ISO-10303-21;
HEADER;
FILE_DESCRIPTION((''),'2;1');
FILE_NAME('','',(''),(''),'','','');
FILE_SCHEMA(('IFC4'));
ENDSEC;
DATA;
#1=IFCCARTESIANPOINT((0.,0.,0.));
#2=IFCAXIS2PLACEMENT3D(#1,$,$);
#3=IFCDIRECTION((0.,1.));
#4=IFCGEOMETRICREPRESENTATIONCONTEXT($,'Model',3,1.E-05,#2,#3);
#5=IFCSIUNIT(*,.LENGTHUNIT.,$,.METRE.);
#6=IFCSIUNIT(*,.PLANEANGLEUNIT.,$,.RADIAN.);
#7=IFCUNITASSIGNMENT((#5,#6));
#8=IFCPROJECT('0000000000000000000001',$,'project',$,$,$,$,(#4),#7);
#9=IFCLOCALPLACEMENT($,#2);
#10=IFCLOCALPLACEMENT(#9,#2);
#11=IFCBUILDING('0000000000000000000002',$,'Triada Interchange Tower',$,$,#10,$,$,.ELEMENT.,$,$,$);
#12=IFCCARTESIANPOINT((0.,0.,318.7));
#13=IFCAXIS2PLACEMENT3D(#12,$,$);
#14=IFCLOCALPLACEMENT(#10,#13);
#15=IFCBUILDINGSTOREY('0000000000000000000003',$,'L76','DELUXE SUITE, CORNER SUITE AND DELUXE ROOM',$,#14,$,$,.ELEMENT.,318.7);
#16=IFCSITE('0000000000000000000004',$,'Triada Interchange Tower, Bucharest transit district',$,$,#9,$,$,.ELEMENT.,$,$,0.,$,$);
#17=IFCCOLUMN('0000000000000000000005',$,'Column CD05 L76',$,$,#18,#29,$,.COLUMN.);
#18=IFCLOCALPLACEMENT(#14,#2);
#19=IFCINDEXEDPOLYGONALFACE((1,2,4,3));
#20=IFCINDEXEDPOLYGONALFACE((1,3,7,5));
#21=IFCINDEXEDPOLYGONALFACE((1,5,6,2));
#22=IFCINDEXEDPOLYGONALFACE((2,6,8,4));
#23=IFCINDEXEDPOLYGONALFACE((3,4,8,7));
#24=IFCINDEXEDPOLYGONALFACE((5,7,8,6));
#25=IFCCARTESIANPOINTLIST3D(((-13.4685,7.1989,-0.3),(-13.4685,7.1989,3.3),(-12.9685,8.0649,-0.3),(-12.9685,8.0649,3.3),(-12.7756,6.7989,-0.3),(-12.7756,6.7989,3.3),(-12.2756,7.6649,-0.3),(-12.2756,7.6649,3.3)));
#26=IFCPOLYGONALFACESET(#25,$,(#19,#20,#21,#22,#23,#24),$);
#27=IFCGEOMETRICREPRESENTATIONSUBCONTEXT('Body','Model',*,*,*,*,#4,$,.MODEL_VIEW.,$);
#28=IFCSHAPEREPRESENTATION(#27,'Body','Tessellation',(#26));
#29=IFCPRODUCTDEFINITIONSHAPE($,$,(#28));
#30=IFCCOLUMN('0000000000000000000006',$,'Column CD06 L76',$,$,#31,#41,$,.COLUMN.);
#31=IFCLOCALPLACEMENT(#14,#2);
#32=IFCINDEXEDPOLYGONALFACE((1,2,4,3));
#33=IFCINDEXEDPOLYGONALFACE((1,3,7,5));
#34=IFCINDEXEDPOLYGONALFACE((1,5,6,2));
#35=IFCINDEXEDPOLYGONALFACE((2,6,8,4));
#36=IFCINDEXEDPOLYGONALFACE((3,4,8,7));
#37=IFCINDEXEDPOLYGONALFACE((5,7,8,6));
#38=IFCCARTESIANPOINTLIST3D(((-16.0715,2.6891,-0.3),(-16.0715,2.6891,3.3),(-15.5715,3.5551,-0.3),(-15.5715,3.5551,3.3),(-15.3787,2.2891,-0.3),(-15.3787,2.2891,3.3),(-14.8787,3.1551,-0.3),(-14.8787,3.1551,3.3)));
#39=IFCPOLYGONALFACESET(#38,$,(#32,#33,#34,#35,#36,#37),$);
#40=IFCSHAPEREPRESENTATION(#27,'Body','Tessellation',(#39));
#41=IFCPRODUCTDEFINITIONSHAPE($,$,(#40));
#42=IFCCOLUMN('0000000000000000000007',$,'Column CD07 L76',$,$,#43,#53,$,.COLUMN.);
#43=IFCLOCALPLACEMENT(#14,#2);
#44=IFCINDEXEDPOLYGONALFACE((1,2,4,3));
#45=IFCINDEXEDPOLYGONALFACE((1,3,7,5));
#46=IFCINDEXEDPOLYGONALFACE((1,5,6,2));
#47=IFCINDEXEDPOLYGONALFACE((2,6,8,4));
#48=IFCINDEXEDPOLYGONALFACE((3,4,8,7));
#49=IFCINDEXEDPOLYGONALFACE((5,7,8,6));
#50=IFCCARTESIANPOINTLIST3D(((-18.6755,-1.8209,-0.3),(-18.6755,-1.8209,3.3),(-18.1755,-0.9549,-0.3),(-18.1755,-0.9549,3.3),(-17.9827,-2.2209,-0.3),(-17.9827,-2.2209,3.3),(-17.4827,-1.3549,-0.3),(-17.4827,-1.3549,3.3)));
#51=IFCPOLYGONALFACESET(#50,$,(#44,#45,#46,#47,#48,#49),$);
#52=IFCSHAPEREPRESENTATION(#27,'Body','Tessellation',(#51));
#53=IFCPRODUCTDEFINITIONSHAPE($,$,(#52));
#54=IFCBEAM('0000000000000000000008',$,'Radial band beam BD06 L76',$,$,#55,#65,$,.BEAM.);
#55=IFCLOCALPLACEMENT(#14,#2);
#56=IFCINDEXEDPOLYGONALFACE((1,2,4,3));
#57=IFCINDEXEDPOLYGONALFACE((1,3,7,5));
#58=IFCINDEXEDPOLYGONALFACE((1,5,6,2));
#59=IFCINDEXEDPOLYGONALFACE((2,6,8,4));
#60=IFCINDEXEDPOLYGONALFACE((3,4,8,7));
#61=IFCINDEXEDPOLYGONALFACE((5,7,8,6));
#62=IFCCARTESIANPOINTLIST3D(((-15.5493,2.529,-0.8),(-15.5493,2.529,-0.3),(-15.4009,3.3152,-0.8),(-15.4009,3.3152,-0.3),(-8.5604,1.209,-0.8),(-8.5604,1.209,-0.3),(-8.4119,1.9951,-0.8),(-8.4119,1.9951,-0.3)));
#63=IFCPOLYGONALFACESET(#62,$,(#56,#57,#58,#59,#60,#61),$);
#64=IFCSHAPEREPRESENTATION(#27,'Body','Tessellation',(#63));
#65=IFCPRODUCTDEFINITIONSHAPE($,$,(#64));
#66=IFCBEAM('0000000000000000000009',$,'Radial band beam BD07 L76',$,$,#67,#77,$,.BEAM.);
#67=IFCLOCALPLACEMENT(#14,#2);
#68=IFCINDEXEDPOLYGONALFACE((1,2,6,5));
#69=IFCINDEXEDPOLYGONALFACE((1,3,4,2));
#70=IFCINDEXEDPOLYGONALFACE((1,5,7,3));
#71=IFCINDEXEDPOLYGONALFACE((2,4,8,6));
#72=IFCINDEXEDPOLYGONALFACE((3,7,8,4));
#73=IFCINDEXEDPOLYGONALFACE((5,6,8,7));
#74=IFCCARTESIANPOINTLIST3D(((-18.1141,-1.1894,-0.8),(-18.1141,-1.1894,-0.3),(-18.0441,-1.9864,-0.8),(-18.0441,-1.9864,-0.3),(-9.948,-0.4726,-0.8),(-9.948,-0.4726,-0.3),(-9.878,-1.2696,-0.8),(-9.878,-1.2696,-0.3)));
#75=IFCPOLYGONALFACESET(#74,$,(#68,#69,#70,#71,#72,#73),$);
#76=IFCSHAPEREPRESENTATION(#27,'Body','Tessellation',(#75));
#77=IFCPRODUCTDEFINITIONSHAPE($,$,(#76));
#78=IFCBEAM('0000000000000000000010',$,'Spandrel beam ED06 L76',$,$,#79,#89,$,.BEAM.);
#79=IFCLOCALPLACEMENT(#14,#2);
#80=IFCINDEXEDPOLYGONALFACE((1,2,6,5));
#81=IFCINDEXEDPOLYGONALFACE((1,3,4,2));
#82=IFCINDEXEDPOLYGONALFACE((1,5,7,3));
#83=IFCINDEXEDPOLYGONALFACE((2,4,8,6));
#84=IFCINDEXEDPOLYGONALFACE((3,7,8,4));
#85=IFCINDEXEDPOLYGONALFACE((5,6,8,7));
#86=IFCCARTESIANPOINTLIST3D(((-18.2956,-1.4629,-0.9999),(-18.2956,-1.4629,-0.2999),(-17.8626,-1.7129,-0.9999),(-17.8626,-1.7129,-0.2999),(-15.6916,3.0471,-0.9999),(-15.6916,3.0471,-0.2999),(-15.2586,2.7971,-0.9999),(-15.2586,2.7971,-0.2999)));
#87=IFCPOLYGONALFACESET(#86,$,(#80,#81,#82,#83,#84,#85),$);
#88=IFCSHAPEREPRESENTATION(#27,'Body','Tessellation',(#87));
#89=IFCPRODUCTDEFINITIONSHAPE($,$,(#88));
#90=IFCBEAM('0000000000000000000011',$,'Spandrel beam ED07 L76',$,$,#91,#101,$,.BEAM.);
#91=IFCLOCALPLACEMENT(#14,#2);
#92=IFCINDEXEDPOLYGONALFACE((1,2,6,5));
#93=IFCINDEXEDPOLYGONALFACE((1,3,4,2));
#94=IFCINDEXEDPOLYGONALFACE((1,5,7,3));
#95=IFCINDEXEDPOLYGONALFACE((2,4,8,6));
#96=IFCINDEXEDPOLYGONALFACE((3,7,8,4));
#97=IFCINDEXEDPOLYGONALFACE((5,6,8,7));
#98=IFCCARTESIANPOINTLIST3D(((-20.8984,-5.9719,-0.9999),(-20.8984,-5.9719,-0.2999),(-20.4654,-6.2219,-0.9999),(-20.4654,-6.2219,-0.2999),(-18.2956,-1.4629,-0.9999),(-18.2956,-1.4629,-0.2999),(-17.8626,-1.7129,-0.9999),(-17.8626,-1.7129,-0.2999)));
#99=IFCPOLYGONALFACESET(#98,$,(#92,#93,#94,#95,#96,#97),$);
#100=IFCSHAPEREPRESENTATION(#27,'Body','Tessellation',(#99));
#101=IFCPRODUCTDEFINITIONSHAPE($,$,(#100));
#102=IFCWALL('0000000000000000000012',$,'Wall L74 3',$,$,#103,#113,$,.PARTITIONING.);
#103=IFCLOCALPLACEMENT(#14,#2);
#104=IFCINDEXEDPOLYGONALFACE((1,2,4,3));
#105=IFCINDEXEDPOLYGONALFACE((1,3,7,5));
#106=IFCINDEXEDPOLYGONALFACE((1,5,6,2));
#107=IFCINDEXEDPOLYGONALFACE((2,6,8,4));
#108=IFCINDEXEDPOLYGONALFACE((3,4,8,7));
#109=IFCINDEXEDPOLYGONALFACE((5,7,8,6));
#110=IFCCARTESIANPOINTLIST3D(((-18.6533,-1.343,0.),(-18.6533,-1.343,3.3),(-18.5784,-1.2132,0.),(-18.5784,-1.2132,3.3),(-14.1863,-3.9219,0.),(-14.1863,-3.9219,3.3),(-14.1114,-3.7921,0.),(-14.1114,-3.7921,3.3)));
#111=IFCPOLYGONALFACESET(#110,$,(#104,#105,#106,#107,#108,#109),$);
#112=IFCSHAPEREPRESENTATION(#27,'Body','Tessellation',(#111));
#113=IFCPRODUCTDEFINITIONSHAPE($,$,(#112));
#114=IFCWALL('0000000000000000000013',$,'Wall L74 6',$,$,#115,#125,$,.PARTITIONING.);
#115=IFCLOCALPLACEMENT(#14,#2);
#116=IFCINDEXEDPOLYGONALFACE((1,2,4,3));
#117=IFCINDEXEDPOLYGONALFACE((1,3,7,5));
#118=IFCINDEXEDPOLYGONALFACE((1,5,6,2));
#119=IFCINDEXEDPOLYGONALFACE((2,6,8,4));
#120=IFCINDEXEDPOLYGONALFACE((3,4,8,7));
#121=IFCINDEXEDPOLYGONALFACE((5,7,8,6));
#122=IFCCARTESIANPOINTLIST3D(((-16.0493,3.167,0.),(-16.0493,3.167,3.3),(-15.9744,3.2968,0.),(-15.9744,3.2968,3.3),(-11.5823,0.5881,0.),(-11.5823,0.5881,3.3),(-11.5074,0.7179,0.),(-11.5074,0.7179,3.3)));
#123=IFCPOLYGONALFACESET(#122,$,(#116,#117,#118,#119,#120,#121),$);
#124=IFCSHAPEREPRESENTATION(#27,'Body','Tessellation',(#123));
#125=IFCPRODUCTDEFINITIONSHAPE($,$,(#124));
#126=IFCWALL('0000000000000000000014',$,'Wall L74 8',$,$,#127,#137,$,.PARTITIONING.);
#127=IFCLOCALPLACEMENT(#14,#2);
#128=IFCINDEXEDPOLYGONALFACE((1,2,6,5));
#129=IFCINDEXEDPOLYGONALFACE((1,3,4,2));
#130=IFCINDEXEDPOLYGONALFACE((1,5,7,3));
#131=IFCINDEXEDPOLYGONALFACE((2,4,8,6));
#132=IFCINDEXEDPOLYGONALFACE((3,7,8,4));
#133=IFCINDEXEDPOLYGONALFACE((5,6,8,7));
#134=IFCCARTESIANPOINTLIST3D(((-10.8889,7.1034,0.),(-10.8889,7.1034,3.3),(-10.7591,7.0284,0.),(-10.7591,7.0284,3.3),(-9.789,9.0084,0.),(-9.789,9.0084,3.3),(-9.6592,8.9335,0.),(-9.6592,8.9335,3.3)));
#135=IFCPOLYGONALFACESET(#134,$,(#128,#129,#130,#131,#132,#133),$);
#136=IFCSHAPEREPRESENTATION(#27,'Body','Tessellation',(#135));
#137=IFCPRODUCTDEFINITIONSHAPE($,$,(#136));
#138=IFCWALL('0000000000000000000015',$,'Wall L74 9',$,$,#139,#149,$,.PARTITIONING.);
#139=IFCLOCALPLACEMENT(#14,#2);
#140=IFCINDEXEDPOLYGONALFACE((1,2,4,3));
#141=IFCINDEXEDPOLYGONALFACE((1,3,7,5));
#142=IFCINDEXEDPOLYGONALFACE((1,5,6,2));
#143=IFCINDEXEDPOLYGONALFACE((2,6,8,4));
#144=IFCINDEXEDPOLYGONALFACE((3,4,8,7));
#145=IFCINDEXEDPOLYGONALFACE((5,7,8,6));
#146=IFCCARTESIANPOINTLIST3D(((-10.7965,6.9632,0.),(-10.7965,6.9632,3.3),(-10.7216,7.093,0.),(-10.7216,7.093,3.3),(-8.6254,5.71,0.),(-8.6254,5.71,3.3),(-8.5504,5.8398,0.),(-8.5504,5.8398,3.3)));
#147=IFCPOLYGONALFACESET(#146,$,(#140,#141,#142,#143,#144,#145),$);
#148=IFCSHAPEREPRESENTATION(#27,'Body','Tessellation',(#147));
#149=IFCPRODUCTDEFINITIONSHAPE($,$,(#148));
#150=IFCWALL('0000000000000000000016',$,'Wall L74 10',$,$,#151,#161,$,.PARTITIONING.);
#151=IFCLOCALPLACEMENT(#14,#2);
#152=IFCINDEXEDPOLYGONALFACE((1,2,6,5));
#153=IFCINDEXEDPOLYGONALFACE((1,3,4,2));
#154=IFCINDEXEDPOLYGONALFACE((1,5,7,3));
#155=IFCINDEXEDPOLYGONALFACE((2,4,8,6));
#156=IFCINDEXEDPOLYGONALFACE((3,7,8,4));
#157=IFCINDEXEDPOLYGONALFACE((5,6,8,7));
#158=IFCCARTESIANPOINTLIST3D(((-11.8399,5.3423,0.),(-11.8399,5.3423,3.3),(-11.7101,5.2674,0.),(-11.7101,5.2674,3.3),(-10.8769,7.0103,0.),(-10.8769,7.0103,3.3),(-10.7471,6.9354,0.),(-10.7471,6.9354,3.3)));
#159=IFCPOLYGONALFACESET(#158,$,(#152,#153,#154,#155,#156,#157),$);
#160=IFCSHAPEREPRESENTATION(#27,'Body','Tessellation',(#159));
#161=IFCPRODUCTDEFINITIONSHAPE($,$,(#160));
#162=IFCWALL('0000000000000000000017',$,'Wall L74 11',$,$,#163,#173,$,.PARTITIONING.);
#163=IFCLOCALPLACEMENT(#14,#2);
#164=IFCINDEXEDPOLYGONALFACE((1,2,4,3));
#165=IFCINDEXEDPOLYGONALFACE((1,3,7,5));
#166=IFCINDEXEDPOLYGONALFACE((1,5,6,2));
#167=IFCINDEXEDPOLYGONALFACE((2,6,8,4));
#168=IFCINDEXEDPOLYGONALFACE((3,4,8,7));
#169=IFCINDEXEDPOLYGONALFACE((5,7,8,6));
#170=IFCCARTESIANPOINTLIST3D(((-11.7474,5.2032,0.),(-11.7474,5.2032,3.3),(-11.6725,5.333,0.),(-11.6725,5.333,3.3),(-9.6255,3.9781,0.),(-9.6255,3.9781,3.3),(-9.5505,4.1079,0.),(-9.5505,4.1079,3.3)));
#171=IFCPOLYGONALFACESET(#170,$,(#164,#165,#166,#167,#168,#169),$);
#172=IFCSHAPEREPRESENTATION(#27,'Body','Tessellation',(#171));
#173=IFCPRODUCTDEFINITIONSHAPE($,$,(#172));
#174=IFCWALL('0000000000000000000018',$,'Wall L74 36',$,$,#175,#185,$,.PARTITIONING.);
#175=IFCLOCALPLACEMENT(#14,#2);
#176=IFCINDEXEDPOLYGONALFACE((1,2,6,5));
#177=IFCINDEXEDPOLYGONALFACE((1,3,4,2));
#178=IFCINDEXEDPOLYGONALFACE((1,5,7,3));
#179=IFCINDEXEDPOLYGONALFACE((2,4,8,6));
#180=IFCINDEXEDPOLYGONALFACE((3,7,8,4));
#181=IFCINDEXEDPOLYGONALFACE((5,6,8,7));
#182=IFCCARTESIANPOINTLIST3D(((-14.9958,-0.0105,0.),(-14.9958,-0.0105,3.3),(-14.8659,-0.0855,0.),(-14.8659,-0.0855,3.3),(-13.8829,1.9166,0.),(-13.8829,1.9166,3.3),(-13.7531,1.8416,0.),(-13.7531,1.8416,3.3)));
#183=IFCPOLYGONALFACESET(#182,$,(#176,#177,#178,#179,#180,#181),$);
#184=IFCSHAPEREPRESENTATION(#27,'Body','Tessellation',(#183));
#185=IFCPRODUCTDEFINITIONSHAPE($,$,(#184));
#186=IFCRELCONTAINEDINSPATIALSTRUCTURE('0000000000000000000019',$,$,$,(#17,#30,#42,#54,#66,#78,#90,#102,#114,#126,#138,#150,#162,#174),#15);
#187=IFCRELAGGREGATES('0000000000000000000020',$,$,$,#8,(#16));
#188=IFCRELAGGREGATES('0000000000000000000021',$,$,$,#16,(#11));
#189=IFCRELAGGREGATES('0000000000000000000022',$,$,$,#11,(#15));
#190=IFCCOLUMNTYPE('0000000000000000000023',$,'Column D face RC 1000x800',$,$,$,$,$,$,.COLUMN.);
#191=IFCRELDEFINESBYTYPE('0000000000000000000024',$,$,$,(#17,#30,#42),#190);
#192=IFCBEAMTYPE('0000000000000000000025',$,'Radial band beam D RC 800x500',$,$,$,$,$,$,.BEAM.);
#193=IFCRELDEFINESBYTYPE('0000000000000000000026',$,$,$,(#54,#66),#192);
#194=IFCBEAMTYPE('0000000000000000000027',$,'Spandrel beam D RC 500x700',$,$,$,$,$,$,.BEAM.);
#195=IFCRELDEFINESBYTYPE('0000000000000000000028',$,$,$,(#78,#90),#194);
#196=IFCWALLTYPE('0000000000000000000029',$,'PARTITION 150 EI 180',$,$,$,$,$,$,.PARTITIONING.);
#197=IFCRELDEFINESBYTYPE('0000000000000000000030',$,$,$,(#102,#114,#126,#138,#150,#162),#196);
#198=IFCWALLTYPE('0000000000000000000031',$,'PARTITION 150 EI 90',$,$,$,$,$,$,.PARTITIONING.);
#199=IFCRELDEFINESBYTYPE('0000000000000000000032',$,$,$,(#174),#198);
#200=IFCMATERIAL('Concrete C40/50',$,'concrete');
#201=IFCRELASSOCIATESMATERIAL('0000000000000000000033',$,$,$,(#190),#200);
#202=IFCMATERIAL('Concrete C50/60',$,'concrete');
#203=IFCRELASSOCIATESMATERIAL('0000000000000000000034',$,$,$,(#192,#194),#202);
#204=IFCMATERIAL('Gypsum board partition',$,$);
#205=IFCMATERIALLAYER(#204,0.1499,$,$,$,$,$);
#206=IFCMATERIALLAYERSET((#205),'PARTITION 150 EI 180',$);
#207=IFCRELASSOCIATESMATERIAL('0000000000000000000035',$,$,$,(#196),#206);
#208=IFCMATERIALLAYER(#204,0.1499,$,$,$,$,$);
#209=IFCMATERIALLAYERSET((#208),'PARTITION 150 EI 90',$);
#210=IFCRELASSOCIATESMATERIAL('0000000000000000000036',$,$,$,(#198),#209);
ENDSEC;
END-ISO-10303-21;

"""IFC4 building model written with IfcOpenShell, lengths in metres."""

from ifc_helpers import new_model, si_unit, direction, frame, frame_2d, origin, origin_2d, place, context, subcontext, project, spatial, rectangle, extrude, material, layer, layer_set, material_profile, profile_set, type_object, element, save


model = new_model("IFC4")

# Units and contexts
model_context = context("Model", 3, precision=1e-05, world=origin(), true_north=direction((0.0, 1.0)))
body_context = subcontext(model_context, "Body", "Model", "MODEL_VIEW")
ifc_project = project(units=[si_unit("LENGTHUNIT", "METRE"), si_unit("PLANEANGLEUNIT", "RADIAN")], contexts=[model_context])

# Site, building, storey
site_placement = place(None, origin())
site = spatial("IfcSite", under=ifc_project, at=site_placement, Name="Triada Interchange Tower, Bucharest transit district", CompositionType="ELEMENT", RefElevation=0.0)
building_placement = place(site_placement, origin())
building = spatial("IfcBuilding", under=site, at=building_placement, Name="Triada Interchange Tower", CompositionType="ELEMENT")
storey_placement = place(building_placement, frame((0.0, 0.0, 318.7)))
storey = spatial("IfcBuildingStorey", under=building, at=storey_placement, Name="L76", Description="DELUXE SUITE, CORNER SUITE AND DELUXE ROOM", CompositionType="ELEMENT", Elevation=318.7)

# Columns
ifc_material_1 = material(Name="Concrete C40/50", Category="concrete")
ifc_material_profile_1 = material_profile(ifc_material_1, rectangle(XDim=1.0, YDim=0.8, at=origin_2d()), Name="RC 1000x800")
ifc_profile_set_1 = profile_set([ifc_material_profile_1], Name="Concrete C40/50")
column_type = type_object("IfcColumnType", Name="Column D face RC 1000x800", PredefinedType="COLUMN", material=ifc_profile_set_1)
for number, where, z_axis, x_axis, name in (
    (1, (-12.8721, 7.4319, -0.3), (0.0, 0.0, 1.0), (0.5, 0.866025, 0.0), "Column CD05 L76"),
    (2, (-15.4751, 2.9221, -0.3), (0.0, 0.0, 1.0), (0.5, 0.866025, 0.0), "Column CD06 L76"),
    (3, (-18.0791, -1.5879, -0.3), (0.0, 0.0, 1.0), (0.5, 0.866025, 0.0), "Column CD07 L76"),
):
    element("IfcColumn", number, at=place(storey_placement, frame(where, z_axis=z_axis, x_axis=x_axis)), inside=storey, type_object=column_type, Name=name, PredefinedType="COLUMN", context=body_context, shape_type="SweptSolid", body=[
        extrude(rectangle(XDim=1.0, YDim=0.8, at=origin_2d()), origin(), (0.0, 0.0, 1.0), 3.6001),
    ])

# Beams
ifc_material_2 = material(Name="Concrete C50/60", Category="concrete")
ifc_material_profile_2 = material_profile(ifc_material_2, rectangle(XDim=0.8, YDim=0.5, at=origin_2d()), Name="RC 800x500")
ifc_profile_set_2 = profile_set([ifc_material_profile_2], Name="Concrete C50/60")
beam_type_1 = type_object("IfcBeamType", Name="Radial band beam D RC 800x500", PredefinedType="BEAM", material=ifc_profile_set_2)
beam_1_placement = place(storey_placement, frame((-15.4751, 2.9221, -0.55), z_axis=(0.982626, -0.185596, 0.0), x_axis=(0.185596, 0.982626, 0.0)))
element("IfcBeam", 4, at=beam_1_placement, inside=storey, type_object=beam_type_1, Name="Radial band beam BD06 L76", PredefinedType="BEAM", context=body_context, shape_type="SweptSolid", body=[
    extrude(rectangle(XDim=0.8, YDim=0.5, at=origin_2d()), origin(), (0.0, 0.0, 1.0), 7.1125),
])
beam_2_placement = place(storey_placement, frame((-18.0791, -1.5879, -0.55), z_axis=(0.99617, 0.087442, 0.0), x_axis=(-0.087442, 0.99617, 0.0)))
element("IfcBeam", 5, at=beam_2_placement, inside=storey, type_object=beam_type_1, Name="Radial band beam BD07 L76", PredefinedType="BEAM", context=body_context, shape_type="SweptSolid", body=[
    extrude(rectangle(XDim=0.8, YDim=0.5, at=origin_2d()), origin(), (0.0, 0.0, 1.0), 8.1975),
])
ifc_material_profile_3 = material_profile(ifc_material_2, rectangle(XDim=0.5, YDim=0.7, at=origin_2d()), Name="RC 500x700")
ifc_profile_set_3 = profile_set([ifc_material_profile_3], Name="Concrete C50/60")
beam_type_2 = type_object("IfcBeamType", Name="Spandrel beam D RC 500x700", PredefinedType="BEAM", material=ifc_profile_set_3)
beam_3_placement = place(storey_placement, frame((-15.4751, 2.9221, -0.6499), z_axis=(-0.500021, -0.866013, 0.0), x_axis=(0.866013, -0.500021, 0.0)))
element("IfcBeam", 6, at=beam_3_placement, inside=storey, type_object=beam_type_2, Name="Spandrel beam ED06 L76", PredefinedType="BEAM", context=body_context, shape_type="SweptSolid", body=[
    extrude(rectangle(XDim=0.5, YDim=0.7, at=origin_2d()), origin(), (0.0, 0.0, 1.0), 5.2078),
])
beam_4_placement = place(storey_placement, frame((-18.0791, -1.5879, -0.6499), z_axis=(-0.499927, -0.866068, 0.0), x_axis=(0.866068, -0.499927, 0.0)))
element("IfcBeam", 7, at=beam_4_placement, inside=storey, type_object=beam_type_2, Name="Spandrel beam ED07 L76", PredefinedType="BEAM", context=body_context, shape_type="SweptSolid", body=[
    extrude(rectangle(XDim=0.5, YDim=0.7, at=origin_2d()), origin(), (0.0, 0.0, 1.0), 5.2063),
])

# Walls
ifc_material_3 = material(Name="Gypsum board partition")
ifc_layer_1 = layer(ifc_material_3, 0.1499)
ifc_layer_set_1 = layer_set([ifc_layer_1], Name="PARTITION 150 EI 180")
wall_type_1 = type_object("IfcWallType", Name="PARTITION 150 EI 180", PredefinedType="PARTITIONING", material=ifc_layer_set_1)
for number, where, z_axis, x_axis, name in (
    (8, (-18.616, -1.2781, 0.0), (0.0, 0.0, 1.0), (0.866041, -0.499972, 0.0), "Wall L74 3"),
    (9, (-16.012, 3.2319, 0.0), (0.0, 0.0, 1.0), (0.866041, -0.499972, 0.0), "Wall L74 6"),
):
    element("IfcWall", number, at=place(storey_placement, frame(where, z_axis=z_axis, x_axis=x_axis)), inside=storey, type_object=wall_type_1, Name=name, PredefinedType="PARTITIONING", context=body_context, shape_type="SweptSolid", body=[
        extrude(rectangle(XDim=5.158, YDim=0.1499, at=frame_2d((2.5791, 0.0))), origin(), (0.0, 0.0, 1.0), 3.3),
    ])
wall_1_placement = place(storey_placement, frame((-10.824, 7.0659, 0.0), z_axis=(0.0, 0.0, 1.0), x_axis=(0.499995, 0.866028, 0.0)))
element("IfcWall", 10, at=wall_1_placement, inside=storey, type_object=wall_type_1, Name="Wall L74 8", PredefinedType="PARTITIONING", context=body_context, shape_type="SweptSolid", body=[
    extrude(rectangle(XDim=2.1997, YDim=0.1499, at=frame_2d((1.0999, 0.0))), origin(), (0.0, 0.0, 1.0), 3.3),
])
wall_2_placement = place(storey_placement, frame((-10.759, 7.0281, 0.0), z_axis=(0.0, 0.0, 1.0), x_axis=(0.866083, -0.499899, 0.0)))
element("IfcWall", 11, at=wall_2_placement, inside=storey, type_object=wall_type_1, Name="Wall L74 9", PredefinedType="PARTITIONING", context=body_context, shape_type="SweptSolid", body=[
    extrude(rectangle(XDim=2.5068, YDim=0.1499, at=frame_2d((1.2534, 0.0))), origin(), (0.0, 0.0, 1.0), 3.3),
])
wall_3_placement = place(storey_placement, frame((-11.7749, 5.3049, 0.0), z_axis=(0.0, 0.0, 1.0), x_axis=(0.499957, 0.86605, 0.0)))
element("IfcWall", 12, at=wall_3_placement, inside=storey, type_object=wall_type_1, Name="Wall L74 10", PredefinedType="PARTITIONING", context=body_context, shape_type="SweptSolid", body=[
    extrude(rectangle(XDim=1.926, YDim=0.1499, at=frame_2d((0.9629, 0.0))), origin(), (0.0, 0.0, 1.0), 3.3),
])
wall_4_placement = place(storey_placement, frame((-11.71, 5.2681, 0.0), z_axis=(0.0, 0.0, 1.0), x_axis=(0.86604, -0.499975, 0.0)))
element("IfcWall", 13, at=wall_4_placement, inside=storey, type_object=wall_type_1, Name="Wall L74 11", PredefinedType="PARTITIONING", context=body_context, shape_type="SweptSolid", body=[
    extrude(rectangle(XDim=2.4502, YDim=0.1499, at=frame_2d((1.2251, 0.0))), origin(), (0.0, 0.0, 1.0), 3.3),
])
ifc_layer_2 = layer(ifc_material_3, 0.1499)
ifc_layer_set_2 = layer_set([ifc_layer_2], Name="PARTITION 150 EI 90")
wall_type_2 = type_object("IfcWallType", Name="PARTITION 150 EI 90", PredefinedType="PARTITIONING", material=ifc_layer_set_2)
wall_5_placement = place(storey_placement, frame((-14.9309, -0.0481, 0.0), z_axis=(0.0, 0.0, 1.0), x_axis=(0.50008, 0.865979, 0.0)))
element("IfcWall", 14, at=wall_5_placement, inside=storey, type_object=wall_type_2, Name="Wall L74 36", PredefinedType="PARTITIONING", context=body_context, shape_type="SweptSolid", body=[
    extrude(rectangle(XDim=2.2253, YDim=0.1499, at=frame_2d((1.1128, 0.0))), origin(), (0.0, 0.0, 1.0), 3.3),
])

save(model, "model.ifc")
